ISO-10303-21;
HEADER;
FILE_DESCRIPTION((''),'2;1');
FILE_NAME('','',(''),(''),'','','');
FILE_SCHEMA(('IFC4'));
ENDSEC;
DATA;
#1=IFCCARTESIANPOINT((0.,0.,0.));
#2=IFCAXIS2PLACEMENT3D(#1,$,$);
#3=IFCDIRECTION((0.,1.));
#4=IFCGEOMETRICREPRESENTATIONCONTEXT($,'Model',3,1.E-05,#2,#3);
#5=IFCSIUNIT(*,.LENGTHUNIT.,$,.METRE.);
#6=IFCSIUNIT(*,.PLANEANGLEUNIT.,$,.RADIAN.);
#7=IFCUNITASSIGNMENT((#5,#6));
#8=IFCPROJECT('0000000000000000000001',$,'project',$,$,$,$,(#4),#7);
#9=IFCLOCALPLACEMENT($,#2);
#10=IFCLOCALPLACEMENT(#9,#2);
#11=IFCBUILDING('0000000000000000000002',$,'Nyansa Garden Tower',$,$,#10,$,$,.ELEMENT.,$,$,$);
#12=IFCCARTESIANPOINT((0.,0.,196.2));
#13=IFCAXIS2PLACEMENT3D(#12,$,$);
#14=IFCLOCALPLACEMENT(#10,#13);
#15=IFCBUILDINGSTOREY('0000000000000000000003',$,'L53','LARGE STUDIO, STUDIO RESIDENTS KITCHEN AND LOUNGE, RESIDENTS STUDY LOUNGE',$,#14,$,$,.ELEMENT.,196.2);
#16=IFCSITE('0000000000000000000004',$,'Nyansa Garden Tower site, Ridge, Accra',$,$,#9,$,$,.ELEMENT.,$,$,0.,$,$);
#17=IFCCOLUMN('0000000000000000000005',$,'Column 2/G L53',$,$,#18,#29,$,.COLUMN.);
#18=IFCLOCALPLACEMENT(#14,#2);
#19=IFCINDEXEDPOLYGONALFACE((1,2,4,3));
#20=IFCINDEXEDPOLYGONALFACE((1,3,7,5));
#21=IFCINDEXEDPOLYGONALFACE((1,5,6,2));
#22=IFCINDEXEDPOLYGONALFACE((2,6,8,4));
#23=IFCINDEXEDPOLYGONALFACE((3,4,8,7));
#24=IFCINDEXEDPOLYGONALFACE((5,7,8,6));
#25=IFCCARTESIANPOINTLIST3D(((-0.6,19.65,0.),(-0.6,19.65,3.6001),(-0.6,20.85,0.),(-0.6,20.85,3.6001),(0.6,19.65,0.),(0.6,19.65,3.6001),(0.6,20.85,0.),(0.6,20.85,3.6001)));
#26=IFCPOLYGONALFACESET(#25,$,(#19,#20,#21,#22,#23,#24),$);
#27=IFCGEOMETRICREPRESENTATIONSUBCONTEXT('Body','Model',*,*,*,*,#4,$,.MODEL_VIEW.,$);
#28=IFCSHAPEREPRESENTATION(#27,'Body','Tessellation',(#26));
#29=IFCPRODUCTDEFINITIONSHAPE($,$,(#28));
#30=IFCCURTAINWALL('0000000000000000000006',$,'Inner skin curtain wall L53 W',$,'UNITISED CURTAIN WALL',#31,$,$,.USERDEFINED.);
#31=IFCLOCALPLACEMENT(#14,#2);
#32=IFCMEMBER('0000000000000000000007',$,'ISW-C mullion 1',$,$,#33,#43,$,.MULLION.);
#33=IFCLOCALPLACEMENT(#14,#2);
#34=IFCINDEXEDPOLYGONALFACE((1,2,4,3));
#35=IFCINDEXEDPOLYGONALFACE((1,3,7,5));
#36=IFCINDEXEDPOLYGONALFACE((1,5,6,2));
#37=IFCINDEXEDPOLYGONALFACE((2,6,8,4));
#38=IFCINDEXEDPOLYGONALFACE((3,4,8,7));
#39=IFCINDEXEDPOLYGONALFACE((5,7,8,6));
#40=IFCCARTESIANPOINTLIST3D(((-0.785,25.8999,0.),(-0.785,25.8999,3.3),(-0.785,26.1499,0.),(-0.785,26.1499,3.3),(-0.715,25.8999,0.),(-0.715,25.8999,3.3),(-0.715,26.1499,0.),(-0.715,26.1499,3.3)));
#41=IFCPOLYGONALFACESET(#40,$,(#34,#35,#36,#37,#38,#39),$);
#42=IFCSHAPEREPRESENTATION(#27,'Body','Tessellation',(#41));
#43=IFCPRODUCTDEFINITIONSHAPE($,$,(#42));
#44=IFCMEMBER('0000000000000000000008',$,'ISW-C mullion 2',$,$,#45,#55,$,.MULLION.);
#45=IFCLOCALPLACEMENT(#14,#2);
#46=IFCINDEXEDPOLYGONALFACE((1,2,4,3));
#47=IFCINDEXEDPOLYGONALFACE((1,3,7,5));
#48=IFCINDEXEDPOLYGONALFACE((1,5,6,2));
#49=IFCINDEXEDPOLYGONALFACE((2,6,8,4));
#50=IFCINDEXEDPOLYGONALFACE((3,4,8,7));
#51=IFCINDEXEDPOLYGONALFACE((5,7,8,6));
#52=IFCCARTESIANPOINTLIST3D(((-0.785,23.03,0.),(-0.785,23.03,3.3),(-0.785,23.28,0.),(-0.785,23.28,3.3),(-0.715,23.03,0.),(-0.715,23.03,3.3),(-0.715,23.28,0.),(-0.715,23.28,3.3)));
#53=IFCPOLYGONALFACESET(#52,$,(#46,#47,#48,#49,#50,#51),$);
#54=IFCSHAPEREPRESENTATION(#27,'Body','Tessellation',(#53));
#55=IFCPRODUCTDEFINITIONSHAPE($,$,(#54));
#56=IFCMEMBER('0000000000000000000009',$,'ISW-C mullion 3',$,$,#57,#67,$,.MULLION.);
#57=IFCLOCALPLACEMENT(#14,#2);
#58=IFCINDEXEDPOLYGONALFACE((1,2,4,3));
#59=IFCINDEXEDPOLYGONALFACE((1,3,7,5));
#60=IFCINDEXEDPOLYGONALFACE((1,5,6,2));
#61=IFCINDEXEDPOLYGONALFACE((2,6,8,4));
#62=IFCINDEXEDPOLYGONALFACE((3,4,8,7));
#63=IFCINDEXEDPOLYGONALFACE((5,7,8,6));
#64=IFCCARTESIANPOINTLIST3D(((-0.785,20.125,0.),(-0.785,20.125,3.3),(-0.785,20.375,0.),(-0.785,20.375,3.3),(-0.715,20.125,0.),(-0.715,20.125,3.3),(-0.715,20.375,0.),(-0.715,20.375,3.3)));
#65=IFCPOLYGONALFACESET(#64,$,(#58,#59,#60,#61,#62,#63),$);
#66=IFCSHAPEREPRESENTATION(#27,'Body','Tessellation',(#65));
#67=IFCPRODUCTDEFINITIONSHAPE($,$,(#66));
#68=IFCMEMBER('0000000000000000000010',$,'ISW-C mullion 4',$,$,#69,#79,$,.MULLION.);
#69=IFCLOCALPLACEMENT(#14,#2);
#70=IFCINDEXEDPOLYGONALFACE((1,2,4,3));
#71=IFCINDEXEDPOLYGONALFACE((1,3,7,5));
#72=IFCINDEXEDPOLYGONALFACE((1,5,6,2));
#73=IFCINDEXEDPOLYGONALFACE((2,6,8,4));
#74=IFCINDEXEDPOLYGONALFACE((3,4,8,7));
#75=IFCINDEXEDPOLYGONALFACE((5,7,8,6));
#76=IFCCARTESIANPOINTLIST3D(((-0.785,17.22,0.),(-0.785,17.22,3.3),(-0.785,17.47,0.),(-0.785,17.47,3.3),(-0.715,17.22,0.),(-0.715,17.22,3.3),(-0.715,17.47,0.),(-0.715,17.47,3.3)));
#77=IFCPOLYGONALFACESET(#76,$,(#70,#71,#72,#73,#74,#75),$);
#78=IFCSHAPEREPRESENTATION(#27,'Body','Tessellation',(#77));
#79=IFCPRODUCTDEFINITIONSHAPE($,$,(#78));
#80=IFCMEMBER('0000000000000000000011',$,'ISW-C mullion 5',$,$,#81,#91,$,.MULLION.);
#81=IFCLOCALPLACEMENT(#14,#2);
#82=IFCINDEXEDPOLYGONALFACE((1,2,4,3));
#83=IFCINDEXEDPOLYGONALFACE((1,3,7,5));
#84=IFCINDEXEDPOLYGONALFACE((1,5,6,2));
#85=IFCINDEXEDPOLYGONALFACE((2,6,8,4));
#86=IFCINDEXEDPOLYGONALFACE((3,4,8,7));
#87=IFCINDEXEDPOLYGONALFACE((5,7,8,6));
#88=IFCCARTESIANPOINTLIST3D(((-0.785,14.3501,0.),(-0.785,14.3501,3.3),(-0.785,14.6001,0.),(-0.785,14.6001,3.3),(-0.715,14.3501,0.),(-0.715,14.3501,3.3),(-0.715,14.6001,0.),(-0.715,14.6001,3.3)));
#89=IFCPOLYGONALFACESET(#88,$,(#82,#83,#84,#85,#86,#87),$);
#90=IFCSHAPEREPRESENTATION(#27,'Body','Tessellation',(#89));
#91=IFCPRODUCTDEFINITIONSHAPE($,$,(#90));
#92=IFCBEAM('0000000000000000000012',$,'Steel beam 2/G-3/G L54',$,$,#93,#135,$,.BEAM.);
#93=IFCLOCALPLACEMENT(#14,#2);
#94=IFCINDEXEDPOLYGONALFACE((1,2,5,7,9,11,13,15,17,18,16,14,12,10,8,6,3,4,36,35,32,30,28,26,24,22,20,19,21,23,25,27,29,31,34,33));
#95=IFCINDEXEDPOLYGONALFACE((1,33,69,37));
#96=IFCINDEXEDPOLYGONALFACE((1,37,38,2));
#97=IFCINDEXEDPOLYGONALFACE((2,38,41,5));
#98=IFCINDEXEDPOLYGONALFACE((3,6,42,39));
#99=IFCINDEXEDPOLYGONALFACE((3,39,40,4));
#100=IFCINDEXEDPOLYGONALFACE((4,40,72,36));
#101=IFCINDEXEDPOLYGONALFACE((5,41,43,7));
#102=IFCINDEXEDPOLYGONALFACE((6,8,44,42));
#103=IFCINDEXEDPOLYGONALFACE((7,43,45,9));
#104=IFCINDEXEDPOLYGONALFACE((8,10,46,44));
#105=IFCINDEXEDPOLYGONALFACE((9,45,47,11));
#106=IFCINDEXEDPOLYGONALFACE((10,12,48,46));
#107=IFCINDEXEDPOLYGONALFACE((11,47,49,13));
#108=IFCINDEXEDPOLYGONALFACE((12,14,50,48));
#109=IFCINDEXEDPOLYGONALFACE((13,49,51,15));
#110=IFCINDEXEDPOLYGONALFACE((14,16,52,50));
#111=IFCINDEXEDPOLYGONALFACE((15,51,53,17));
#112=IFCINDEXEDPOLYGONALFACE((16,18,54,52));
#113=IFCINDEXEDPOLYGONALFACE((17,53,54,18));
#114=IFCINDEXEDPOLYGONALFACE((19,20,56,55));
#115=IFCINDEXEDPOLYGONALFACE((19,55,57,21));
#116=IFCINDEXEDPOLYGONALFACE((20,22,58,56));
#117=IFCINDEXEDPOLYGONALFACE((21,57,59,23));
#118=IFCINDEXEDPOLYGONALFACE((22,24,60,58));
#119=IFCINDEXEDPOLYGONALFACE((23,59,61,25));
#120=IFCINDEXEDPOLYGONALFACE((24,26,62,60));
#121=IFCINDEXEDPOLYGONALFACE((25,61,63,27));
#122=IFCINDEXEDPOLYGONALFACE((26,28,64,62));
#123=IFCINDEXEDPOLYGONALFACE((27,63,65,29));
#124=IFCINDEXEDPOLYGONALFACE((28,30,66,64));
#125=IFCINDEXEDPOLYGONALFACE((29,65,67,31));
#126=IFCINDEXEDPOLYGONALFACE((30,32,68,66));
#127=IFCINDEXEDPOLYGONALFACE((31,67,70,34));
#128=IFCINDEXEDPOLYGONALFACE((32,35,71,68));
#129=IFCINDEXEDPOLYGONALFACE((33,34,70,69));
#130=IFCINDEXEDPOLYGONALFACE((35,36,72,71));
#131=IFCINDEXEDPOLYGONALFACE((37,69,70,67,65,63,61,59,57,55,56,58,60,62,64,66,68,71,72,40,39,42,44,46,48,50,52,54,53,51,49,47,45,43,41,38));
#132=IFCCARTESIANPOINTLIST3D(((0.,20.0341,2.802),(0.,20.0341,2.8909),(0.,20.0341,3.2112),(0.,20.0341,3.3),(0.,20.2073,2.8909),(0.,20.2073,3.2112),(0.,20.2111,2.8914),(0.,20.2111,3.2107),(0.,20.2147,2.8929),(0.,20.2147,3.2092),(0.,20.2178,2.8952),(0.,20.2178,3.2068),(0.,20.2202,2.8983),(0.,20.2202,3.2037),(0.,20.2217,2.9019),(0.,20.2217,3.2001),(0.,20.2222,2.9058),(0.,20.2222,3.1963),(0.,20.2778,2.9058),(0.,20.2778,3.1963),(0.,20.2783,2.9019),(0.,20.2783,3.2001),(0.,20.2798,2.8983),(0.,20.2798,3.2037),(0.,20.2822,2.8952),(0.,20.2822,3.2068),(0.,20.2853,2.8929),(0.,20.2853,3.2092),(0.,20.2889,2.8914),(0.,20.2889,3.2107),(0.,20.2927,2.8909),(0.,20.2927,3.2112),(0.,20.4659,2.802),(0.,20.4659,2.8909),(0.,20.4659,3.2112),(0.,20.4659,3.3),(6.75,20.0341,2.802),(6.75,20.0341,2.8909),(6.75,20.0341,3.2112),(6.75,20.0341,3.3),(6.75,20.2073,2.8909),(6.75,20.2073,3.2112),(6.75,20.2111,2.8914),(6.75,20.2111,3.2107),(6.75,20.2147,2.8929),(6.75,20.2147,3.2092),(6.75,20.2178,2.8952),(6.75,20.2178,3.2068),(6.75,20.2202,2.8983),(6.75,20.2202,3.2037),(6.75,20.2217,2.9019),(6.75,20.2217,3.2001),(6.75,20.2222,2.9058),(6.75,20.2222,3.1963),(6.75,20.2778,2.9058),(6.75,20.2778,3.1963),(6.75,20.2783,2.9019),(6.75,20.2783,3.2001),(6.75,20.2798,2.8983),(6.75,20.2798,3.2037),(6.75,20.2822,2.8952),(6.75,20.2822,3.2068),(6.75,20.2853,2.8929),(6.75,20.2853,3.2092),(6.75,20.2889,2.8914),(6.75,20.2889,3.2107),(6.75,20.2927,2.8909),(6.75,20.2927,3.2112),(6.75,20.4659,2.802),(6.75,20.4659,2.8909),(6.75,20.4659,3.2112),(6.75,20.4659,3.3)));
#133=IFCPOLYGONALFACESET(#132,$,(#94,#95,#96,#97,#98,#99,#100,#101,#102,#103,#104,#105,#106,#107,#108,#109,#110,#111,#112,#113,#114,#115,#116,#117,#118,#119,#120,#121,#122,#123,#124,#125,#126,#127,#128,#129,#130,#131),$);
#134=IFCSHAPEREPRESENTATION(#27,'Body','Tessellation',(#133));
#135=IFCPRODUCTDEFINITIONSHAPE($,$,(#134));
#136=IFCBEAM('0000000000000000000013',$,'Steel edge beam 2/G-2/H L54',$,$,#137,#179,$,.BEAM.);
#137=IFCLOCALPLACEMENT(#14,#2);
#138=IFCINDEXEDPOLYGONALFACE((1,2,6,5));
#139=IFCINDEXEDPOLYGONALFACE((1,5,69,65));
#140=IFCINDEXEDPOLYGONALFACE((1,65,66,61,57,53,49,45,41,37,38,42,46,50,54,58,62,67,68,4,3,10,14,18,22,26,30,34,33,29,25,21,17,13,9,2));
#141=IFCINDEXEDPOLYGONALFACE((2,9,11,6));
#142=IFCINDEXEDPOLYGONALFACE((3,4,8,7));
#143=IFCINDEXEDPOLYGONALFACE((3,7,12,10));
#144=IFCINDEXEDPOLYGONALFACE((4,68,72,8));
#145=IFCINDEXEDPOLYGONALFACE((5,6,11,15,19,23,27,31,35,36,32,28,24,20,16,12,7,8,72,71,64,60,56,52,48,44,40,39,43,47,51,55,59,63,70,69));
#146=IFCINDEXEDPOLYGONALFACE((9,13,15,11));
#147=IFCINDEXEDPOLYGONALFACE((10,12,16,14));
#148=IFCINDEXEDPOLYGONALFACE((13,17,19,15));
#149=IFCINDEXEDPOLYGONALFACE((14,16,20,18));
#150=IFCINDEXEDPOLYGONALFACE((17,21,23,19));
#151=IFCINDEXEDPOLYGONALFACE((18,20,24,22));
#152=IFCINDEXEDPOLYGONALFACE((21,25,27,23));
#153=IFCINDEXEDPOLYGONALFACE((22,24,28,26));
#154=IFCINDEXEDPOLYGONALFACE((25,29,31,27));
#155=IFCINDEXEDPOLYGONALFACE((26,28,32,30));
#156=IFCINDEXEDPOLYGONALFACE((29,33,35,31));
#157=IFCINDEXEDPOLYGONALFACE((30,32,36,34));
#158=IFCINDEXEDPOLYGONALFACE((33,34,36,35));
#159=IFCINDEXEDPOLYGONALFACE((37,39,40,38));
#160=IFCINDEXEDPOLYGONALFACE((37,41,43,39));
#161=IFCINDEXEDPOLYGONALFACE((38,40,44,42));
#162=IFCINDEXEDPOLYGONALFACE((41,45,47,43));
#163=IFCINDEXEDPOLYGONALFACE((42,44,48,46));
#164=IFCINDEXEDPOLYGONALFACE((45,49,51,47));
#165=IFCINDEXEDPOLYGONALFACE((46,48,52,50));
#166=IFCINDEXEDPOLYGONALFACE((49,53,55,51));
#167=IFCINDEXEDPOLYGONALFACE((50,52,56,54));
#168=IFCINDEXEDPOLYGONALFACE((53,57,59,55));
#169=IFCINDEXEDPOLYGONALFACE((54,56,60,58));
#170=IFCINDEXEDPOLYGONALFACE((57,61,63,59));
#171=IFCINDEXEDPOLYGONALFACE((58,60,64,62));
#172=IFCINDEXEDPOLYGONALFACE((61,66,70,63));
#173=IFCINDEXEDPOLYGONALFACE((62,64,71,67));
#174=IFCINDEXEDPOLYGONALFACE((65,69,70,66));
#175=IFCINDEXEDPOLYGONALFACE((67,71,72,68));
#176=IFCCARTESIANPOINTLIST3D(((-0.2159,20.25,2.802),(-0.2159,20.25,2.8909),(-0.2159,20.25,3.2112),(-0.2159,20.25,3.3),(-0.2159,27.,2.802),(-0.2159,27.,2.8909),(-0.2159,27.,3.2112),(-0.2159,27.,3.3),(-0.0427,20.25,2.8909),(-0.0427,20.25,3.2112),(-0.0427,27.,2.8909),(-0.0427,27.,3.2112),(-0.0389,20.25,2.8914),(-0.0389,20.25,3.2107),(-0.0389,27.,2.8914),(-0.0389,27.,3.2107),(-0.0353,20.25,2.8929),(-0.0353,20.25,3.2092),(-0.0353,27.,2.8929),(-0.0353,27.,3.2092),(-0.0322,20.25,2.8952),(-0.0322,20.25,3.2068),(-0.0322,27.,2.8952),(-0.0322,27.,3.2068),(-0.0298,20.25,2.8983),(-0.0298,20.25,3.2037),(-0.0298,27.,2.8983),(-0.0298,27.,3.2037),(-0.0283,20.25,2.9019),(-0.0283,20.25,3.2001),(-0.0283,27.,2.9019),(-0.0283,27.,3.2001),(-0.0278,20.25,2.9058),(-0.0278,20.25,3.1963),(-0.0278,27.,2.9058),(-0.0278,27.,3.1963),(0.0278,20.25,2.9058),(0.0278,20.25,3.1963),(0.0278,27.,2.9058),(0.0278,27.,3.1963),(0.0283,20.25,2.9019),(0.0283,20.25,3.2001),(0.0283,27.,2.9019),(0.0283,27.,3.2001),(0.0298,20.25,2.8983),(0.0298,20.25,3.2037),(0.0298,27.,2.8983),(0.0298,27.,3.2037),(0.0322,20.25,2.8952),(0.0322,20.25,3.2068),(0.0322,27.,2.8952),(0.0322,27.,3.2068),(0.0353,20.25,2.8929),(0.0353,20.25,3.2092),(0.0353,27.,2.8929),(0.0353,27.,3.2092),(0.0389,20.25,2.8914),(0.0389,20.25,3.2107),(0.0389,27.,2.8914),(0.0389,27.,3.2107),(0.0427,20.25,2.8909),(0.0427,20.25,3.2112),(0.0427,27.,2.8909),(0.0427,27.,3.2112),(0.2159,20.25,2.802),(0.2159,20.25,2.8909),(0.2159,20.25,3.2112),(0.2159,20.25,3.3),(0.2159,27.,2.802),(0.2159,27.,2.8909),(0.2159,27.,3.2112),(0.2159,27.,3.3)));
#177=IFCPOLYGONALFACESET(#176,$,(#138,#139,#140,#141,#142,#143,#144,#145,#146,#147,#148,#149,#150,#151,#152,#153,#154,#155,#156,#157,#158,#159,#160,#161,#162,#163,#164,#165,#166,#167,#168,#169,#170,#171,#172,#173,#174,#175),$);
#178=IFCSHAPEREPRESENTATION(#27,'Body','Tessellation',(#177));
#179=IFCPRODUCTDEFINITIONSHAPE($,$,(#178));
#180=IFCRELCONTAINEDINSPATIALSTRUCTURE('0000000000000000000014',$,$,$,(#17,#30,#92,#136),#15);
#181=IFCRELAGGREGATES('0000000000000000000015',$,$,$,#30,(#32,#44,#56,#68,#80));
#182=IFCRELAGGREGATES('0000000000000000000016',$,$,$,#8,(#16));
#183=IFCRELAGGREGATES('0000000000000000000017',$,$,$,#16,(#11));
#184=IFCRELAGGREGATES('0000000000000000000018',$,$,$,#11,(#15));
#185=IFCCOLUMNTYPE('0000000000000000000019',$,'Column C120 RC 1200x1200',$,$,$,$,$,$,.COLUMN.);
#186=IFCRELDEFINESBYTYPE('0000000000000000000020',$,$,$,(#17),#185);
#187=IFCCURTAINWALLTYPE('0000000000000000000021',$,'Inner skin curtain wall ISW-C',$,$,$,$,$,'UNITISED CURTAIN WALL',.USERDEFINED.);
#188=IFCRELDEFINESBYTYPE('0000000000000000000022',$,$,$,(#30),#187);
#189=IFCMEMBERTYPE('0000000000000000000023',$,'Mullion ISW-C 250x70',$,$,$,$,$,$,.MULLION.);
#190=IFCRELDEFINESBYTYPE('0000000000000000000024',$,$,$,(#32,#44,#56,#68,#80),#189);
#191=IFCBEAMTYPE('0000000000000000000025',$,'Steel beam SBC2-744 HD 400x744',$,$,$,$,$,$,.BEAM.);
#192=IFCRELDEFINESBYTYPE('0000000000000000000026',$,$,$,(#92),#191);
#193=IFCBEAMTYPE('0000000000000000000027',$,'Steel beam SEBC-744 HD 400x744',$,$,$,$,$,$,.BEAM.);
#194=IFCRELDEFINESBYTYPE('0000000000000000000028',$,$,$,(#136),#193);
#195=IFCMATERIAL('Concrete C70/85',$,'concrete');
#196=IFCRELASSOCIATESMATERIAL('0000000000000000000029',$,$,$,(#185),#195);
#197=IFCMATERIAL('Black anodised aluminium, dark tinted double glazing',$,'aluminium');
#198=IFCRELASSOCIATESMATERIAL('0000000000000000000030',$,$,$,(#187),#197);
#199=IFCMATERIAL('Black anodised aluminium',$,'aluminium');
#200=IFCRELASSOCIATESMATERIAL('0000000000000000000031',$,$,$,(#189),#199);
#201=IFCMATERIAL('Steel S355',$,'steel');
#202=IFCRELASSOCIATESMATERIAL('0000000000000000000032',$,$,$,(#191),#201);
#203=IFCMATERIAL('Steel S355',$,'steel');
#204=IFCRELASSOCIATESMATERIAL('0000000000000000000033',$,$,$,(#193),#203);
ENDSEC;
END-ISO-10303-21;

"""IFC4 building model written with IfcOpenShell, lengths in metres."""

from ifc_helpers import new_model, si_unit, direction, frame, origin, origin_2d, place, context, subcontext, project, spatial, rectangle, i_section, extrude, material, material_profile, profile_set, type_object, element, aggregate, save


model = new_model("IFC4")

# Units and contexts
model_context = context("Model", 3, precision=1e-05, world=origin(), true_north=direction((0.0, 1.0)))
body_context = subcontext(model_context, "Body", "Model", "MODEL_VIEW")
ifc_project = project(units=[si_unit("LENGTHUNIT", "METRE"), si_unit("PLANEANGLEUNIT", "RADIAN")], contexts=[model_context])

# Site, building, storey
site_placement = place(None, origin())
site = spatial("IfcSite", under=ifc_project, at=site_placement, Name="Nyansa Garden Tower site, Ridge, Accra", CompositionType="ELEMENT", RefElevation=0.0)
building_placement = place(site_placement, origin())
building = spatial("IfcBuilding", under=site, at=building_placement, Name="Nyansa Garden Tower", CompositionType="ELEMENT")
storey_placement = place(building_placement, frame((0.0, 0.0, 196.2)))
storey = spatial("IfcBuildingStorey", under=building, at=storey_placement, Name="L53", Description="LARGE STUDIO, STUDIO RESIDENTS KITCHEN AND LOUNGE, RESIDENTS STUDY LOUNGE", CompositionType="ELEMENT", Elevation=196.2)

# Column
ifc_material_1 = material(Name="Concrete C70/85", Category="concrete")
ifc_material_profile_1 = material_profile(ifc_material_1, rectangle(XDim=1.2, YDim=1.2, at=origin_2d()), Name="RC 1200x1200")
ifc_profile_set_1 = profile_set([ifc_material_profile_1], Name="Concrete C70/85")
column_type = type_object("IfcColumnType", Name="Column C120 RC 1200x1200", PredefinedType="COLUMN", material=ifc_profile_set_1)
column_placement = place(storey_placement, frame((0.0, 20.25, 0.0), z_axis=(0.0, 0.0, 1.0), x_axis=(1.0, 0.0, 0.0)))
element("IfcColumn", 1, at=column_placement, inside=storey, type_object=column_type, Name="Column 2/G L53", PredefinedType="COLUMN", context=body_context, shape_type="SweptSolid", body=[
    extrude(rectangle(XDim=1.2, YDim=1.2, at=origin_2d()), origin(), (0.0, 0.0, 1.0), 3.6001),
])

# Curtain wall, members
ifc_material_2 = material(Name="Black anodised aluminium, dark tinted double glazing", Category="aluminium")
curtain_wall_type = type_object("IfcCurtainWallType", Name="Inner skin curtain wall ISW-C", ElementType="UNITISED CURTAIN WALL", PredefinedType="USERDEFINED", material=ifc_material_2)
curtain_wall_placement = place(storey_placement, origin())
curtain_wall = element("IfcCurtainWall", 2, at=curtain_wall_placement, inside=storey, type_object=curtain_wall_type, Name="Inner skin curtain wall L53 W", ObjectType="UNITISED CURTAIN WALL", PredefinedType="USERDEFINED")
ifc_material_3 = material(Name="Black anodised aluminium", Category="aluminium")
ifc_material_profile_2 = material_profile(ifc_material_3, rectangle(XDim=0.0701, YDim=0.25, at=origin_2d()), Name="Mullion 250x70")
ifc_profile_set_2 = profile_set([ifc_material_profile_2], Name="Black anodised aluminium")
member_type_1 = type_object("IfcMemberType", Name="Mullion ISW-C 250x70", PredefinedType="MULLION", material=ifc_profile_set_2)
member_1_placement = place(storey_placement, frame((-0.75, 26.0249, 0.0), z_axis=(0.0, 0.0, 1.0), x_axis=(1.0, 0.0, 0.0)))
member_1 = element("IfcMember", 3, at=member_1_placement, type_object=member_type_1, Name="ISW-C mullion 1", PredefinedType="MULLION", context=body_context, shape_type="SweptSolid", body=[
    extrude(rectangle(XDim=0.0701, YDim=0.25, at=origin_2d()), origin(), (0.0, 0.0, 1.0), 3.3),
])
member_2_placement = place(storey_placement, frame((-0.75, 23.155, 0.0), z_axis=(0.0, 0.0, 1.0), x_axis=(1.0, 0.0, 0.0)))
member_2 = element("IfcMember", 4, at=member_2_placement, type_object=member_type_1, Name="ISW-C mullion 2", PredefinedType="MULLION", context=body_context, shape_type="SweptSolid", body=[
    extrude(rectangle(XDim=0.0701, YDim=0.25, at=origin_2d()), origin(), (0.0, 0.0, 1.0), 3.3),
])
member_3_placement = place(storey_placement, frame((-0.75, 20.25, 0.0), z_axis=(0.0, 0.0, 1.0), x_axis=(1.0, 0.0, 0.0)))
member_3 = element("IfcMember", 5, at=member_3_placement, type_object=member_type_1, Name="ISW-C mullion 3", PredefinedType="MULLION", context=body_context, shape_type="SweptSolid", body=[
    extrude(rectangle(XDim=0.0701, YDim=0.25, at=origin_2d()), origin(), (0.0, 0.0, 1.0), 3.3),
])
member_4_placement = place(storey_placement, frame((-0.75, 17.345, 0.0), z_axis=(0.0, 0.0, 1.0), x_axis=(1.0, 0.0, 0.0)))
member_4 = element("IfcMember", 6, at=member_4_placement, type_object=member_type_1, Name="ISW-C mullion 4", PredefinedType="MULLION", context=body_context, shape_type="SweptSolid", body=[
    extrude(rectangle(XDim=0.0701, YDim=0.25, at=origin_2d()), origin(), (0.0, 0.0, 1.0), 3.3),
])
member_5_placement = place(storey_placement, frame((-0.75, 14.4751, 0.0), z_axis=(0.0, 0.0, 1.0), x_axis=(1.0, 0.0, 0.0)))
member_5 = element("IfcMember", 7, at=member_5_placement, type_object=member_type_1, Name="ISW-C mullion 5", PredefinedType="MULLION", context=body_context, shape_type="SweptSolid", body=[
    extrude(rectangle(XDim=0.0701, YDim=0.25, at=origin_2d()), origin(), (0.0, 0.0, 1.0), 3.3),
])

# Beams
ifc_material_4 = material(Name="Steel S355", Category="steel")
ifc_material_profile_3 = material_profile(ifc_material_4, i_section(OverallWidth=0.4319, OverallDepth=0.498, WebThickness=0.0557, FlangeThickness=0.0889, FilletRadius=0.0149, at=origin_2d()), Name="HD 400x744")
ifc_profile_set_3 = profile_set([ifc_material_profile_3], Name="Steel S355")
beam_type_1 = type_object("IfcBeamType", Name="Steel beam SBC2-744 HD 400x744", PredefinedType="BEAM", material=ifc_profile_set_3)
beam_1_placement = place(storey_placement, frame((0.0, 20.25, 3.051), z_axis=(1.0, 0.0, 0.0), x_axis=(0.0, 1.0, 0.0)))
element("IfcBeam", 8, at=beam_1_placement, inside=storey, type_object=beam_type_1, Name="Steel beam 2/G-3/G L54", PredefinedType="BEAM", context=body_context, shape_type="SweptSolid", body=[
    extrude(i_section(OverallWidth=0.4319, OverallDepth=0.498, WebThickness=0.0557, FlangeThickness=0.0889, FilletRadius=0.0149, at=origin_2d()), origin(), (0.0, 0.0, 1.0), 6.75),
])
ifc_material_5 = material(Name="Steel S355", Category="steel")
ifc_material_profile_4 = material_profile(ifc_material_5, i_section(OverallWidth=0.4319, OverallDepth=0.498, WebThickness=0.0557, FlangeThickness=0.0889, FilletRadius=0.0149, at=origin_2d()), Name="HD 400x744")
ifc_profile_set_4 = profile_set([ifc_material_profile_4], Name="Steel S355")
beam_type_2 = type_object("IfcBeamType", Name="Steel beam SEBC-744 HD 400x744", PredefinedType="BEAM", material=ifc_profile_set_4)
beam_2_placement = place(storey_placement, frame((0.0, 20.25, 3.051), z_axis=(0.0, 1.0, 0.0), x_axis=(-1.0, 0.0, 0.0)))
element("IfcBeam", 9, at=beam_2_placement, inside=storey, type_object=beam_type_2, Name="Steel edge beam 2/G-2/H L54", PredefinedType="BEAM", context=body_context, shape_type="SweptSolid", body=[
    extrude(i_section(OverallWidth=0.4319, OverallDepth=0.498, WebThickness=0.0557, FlangeThickness=0.0889, FilletRadius=0.0149, at=origin_2d()), origin(), (0.0, 0.0, 1.0), 6.75),
])

aggregate(curtain_wall, [member_1, member_2, member_3, member_4, member_5])

save(model, "model.ifc")
